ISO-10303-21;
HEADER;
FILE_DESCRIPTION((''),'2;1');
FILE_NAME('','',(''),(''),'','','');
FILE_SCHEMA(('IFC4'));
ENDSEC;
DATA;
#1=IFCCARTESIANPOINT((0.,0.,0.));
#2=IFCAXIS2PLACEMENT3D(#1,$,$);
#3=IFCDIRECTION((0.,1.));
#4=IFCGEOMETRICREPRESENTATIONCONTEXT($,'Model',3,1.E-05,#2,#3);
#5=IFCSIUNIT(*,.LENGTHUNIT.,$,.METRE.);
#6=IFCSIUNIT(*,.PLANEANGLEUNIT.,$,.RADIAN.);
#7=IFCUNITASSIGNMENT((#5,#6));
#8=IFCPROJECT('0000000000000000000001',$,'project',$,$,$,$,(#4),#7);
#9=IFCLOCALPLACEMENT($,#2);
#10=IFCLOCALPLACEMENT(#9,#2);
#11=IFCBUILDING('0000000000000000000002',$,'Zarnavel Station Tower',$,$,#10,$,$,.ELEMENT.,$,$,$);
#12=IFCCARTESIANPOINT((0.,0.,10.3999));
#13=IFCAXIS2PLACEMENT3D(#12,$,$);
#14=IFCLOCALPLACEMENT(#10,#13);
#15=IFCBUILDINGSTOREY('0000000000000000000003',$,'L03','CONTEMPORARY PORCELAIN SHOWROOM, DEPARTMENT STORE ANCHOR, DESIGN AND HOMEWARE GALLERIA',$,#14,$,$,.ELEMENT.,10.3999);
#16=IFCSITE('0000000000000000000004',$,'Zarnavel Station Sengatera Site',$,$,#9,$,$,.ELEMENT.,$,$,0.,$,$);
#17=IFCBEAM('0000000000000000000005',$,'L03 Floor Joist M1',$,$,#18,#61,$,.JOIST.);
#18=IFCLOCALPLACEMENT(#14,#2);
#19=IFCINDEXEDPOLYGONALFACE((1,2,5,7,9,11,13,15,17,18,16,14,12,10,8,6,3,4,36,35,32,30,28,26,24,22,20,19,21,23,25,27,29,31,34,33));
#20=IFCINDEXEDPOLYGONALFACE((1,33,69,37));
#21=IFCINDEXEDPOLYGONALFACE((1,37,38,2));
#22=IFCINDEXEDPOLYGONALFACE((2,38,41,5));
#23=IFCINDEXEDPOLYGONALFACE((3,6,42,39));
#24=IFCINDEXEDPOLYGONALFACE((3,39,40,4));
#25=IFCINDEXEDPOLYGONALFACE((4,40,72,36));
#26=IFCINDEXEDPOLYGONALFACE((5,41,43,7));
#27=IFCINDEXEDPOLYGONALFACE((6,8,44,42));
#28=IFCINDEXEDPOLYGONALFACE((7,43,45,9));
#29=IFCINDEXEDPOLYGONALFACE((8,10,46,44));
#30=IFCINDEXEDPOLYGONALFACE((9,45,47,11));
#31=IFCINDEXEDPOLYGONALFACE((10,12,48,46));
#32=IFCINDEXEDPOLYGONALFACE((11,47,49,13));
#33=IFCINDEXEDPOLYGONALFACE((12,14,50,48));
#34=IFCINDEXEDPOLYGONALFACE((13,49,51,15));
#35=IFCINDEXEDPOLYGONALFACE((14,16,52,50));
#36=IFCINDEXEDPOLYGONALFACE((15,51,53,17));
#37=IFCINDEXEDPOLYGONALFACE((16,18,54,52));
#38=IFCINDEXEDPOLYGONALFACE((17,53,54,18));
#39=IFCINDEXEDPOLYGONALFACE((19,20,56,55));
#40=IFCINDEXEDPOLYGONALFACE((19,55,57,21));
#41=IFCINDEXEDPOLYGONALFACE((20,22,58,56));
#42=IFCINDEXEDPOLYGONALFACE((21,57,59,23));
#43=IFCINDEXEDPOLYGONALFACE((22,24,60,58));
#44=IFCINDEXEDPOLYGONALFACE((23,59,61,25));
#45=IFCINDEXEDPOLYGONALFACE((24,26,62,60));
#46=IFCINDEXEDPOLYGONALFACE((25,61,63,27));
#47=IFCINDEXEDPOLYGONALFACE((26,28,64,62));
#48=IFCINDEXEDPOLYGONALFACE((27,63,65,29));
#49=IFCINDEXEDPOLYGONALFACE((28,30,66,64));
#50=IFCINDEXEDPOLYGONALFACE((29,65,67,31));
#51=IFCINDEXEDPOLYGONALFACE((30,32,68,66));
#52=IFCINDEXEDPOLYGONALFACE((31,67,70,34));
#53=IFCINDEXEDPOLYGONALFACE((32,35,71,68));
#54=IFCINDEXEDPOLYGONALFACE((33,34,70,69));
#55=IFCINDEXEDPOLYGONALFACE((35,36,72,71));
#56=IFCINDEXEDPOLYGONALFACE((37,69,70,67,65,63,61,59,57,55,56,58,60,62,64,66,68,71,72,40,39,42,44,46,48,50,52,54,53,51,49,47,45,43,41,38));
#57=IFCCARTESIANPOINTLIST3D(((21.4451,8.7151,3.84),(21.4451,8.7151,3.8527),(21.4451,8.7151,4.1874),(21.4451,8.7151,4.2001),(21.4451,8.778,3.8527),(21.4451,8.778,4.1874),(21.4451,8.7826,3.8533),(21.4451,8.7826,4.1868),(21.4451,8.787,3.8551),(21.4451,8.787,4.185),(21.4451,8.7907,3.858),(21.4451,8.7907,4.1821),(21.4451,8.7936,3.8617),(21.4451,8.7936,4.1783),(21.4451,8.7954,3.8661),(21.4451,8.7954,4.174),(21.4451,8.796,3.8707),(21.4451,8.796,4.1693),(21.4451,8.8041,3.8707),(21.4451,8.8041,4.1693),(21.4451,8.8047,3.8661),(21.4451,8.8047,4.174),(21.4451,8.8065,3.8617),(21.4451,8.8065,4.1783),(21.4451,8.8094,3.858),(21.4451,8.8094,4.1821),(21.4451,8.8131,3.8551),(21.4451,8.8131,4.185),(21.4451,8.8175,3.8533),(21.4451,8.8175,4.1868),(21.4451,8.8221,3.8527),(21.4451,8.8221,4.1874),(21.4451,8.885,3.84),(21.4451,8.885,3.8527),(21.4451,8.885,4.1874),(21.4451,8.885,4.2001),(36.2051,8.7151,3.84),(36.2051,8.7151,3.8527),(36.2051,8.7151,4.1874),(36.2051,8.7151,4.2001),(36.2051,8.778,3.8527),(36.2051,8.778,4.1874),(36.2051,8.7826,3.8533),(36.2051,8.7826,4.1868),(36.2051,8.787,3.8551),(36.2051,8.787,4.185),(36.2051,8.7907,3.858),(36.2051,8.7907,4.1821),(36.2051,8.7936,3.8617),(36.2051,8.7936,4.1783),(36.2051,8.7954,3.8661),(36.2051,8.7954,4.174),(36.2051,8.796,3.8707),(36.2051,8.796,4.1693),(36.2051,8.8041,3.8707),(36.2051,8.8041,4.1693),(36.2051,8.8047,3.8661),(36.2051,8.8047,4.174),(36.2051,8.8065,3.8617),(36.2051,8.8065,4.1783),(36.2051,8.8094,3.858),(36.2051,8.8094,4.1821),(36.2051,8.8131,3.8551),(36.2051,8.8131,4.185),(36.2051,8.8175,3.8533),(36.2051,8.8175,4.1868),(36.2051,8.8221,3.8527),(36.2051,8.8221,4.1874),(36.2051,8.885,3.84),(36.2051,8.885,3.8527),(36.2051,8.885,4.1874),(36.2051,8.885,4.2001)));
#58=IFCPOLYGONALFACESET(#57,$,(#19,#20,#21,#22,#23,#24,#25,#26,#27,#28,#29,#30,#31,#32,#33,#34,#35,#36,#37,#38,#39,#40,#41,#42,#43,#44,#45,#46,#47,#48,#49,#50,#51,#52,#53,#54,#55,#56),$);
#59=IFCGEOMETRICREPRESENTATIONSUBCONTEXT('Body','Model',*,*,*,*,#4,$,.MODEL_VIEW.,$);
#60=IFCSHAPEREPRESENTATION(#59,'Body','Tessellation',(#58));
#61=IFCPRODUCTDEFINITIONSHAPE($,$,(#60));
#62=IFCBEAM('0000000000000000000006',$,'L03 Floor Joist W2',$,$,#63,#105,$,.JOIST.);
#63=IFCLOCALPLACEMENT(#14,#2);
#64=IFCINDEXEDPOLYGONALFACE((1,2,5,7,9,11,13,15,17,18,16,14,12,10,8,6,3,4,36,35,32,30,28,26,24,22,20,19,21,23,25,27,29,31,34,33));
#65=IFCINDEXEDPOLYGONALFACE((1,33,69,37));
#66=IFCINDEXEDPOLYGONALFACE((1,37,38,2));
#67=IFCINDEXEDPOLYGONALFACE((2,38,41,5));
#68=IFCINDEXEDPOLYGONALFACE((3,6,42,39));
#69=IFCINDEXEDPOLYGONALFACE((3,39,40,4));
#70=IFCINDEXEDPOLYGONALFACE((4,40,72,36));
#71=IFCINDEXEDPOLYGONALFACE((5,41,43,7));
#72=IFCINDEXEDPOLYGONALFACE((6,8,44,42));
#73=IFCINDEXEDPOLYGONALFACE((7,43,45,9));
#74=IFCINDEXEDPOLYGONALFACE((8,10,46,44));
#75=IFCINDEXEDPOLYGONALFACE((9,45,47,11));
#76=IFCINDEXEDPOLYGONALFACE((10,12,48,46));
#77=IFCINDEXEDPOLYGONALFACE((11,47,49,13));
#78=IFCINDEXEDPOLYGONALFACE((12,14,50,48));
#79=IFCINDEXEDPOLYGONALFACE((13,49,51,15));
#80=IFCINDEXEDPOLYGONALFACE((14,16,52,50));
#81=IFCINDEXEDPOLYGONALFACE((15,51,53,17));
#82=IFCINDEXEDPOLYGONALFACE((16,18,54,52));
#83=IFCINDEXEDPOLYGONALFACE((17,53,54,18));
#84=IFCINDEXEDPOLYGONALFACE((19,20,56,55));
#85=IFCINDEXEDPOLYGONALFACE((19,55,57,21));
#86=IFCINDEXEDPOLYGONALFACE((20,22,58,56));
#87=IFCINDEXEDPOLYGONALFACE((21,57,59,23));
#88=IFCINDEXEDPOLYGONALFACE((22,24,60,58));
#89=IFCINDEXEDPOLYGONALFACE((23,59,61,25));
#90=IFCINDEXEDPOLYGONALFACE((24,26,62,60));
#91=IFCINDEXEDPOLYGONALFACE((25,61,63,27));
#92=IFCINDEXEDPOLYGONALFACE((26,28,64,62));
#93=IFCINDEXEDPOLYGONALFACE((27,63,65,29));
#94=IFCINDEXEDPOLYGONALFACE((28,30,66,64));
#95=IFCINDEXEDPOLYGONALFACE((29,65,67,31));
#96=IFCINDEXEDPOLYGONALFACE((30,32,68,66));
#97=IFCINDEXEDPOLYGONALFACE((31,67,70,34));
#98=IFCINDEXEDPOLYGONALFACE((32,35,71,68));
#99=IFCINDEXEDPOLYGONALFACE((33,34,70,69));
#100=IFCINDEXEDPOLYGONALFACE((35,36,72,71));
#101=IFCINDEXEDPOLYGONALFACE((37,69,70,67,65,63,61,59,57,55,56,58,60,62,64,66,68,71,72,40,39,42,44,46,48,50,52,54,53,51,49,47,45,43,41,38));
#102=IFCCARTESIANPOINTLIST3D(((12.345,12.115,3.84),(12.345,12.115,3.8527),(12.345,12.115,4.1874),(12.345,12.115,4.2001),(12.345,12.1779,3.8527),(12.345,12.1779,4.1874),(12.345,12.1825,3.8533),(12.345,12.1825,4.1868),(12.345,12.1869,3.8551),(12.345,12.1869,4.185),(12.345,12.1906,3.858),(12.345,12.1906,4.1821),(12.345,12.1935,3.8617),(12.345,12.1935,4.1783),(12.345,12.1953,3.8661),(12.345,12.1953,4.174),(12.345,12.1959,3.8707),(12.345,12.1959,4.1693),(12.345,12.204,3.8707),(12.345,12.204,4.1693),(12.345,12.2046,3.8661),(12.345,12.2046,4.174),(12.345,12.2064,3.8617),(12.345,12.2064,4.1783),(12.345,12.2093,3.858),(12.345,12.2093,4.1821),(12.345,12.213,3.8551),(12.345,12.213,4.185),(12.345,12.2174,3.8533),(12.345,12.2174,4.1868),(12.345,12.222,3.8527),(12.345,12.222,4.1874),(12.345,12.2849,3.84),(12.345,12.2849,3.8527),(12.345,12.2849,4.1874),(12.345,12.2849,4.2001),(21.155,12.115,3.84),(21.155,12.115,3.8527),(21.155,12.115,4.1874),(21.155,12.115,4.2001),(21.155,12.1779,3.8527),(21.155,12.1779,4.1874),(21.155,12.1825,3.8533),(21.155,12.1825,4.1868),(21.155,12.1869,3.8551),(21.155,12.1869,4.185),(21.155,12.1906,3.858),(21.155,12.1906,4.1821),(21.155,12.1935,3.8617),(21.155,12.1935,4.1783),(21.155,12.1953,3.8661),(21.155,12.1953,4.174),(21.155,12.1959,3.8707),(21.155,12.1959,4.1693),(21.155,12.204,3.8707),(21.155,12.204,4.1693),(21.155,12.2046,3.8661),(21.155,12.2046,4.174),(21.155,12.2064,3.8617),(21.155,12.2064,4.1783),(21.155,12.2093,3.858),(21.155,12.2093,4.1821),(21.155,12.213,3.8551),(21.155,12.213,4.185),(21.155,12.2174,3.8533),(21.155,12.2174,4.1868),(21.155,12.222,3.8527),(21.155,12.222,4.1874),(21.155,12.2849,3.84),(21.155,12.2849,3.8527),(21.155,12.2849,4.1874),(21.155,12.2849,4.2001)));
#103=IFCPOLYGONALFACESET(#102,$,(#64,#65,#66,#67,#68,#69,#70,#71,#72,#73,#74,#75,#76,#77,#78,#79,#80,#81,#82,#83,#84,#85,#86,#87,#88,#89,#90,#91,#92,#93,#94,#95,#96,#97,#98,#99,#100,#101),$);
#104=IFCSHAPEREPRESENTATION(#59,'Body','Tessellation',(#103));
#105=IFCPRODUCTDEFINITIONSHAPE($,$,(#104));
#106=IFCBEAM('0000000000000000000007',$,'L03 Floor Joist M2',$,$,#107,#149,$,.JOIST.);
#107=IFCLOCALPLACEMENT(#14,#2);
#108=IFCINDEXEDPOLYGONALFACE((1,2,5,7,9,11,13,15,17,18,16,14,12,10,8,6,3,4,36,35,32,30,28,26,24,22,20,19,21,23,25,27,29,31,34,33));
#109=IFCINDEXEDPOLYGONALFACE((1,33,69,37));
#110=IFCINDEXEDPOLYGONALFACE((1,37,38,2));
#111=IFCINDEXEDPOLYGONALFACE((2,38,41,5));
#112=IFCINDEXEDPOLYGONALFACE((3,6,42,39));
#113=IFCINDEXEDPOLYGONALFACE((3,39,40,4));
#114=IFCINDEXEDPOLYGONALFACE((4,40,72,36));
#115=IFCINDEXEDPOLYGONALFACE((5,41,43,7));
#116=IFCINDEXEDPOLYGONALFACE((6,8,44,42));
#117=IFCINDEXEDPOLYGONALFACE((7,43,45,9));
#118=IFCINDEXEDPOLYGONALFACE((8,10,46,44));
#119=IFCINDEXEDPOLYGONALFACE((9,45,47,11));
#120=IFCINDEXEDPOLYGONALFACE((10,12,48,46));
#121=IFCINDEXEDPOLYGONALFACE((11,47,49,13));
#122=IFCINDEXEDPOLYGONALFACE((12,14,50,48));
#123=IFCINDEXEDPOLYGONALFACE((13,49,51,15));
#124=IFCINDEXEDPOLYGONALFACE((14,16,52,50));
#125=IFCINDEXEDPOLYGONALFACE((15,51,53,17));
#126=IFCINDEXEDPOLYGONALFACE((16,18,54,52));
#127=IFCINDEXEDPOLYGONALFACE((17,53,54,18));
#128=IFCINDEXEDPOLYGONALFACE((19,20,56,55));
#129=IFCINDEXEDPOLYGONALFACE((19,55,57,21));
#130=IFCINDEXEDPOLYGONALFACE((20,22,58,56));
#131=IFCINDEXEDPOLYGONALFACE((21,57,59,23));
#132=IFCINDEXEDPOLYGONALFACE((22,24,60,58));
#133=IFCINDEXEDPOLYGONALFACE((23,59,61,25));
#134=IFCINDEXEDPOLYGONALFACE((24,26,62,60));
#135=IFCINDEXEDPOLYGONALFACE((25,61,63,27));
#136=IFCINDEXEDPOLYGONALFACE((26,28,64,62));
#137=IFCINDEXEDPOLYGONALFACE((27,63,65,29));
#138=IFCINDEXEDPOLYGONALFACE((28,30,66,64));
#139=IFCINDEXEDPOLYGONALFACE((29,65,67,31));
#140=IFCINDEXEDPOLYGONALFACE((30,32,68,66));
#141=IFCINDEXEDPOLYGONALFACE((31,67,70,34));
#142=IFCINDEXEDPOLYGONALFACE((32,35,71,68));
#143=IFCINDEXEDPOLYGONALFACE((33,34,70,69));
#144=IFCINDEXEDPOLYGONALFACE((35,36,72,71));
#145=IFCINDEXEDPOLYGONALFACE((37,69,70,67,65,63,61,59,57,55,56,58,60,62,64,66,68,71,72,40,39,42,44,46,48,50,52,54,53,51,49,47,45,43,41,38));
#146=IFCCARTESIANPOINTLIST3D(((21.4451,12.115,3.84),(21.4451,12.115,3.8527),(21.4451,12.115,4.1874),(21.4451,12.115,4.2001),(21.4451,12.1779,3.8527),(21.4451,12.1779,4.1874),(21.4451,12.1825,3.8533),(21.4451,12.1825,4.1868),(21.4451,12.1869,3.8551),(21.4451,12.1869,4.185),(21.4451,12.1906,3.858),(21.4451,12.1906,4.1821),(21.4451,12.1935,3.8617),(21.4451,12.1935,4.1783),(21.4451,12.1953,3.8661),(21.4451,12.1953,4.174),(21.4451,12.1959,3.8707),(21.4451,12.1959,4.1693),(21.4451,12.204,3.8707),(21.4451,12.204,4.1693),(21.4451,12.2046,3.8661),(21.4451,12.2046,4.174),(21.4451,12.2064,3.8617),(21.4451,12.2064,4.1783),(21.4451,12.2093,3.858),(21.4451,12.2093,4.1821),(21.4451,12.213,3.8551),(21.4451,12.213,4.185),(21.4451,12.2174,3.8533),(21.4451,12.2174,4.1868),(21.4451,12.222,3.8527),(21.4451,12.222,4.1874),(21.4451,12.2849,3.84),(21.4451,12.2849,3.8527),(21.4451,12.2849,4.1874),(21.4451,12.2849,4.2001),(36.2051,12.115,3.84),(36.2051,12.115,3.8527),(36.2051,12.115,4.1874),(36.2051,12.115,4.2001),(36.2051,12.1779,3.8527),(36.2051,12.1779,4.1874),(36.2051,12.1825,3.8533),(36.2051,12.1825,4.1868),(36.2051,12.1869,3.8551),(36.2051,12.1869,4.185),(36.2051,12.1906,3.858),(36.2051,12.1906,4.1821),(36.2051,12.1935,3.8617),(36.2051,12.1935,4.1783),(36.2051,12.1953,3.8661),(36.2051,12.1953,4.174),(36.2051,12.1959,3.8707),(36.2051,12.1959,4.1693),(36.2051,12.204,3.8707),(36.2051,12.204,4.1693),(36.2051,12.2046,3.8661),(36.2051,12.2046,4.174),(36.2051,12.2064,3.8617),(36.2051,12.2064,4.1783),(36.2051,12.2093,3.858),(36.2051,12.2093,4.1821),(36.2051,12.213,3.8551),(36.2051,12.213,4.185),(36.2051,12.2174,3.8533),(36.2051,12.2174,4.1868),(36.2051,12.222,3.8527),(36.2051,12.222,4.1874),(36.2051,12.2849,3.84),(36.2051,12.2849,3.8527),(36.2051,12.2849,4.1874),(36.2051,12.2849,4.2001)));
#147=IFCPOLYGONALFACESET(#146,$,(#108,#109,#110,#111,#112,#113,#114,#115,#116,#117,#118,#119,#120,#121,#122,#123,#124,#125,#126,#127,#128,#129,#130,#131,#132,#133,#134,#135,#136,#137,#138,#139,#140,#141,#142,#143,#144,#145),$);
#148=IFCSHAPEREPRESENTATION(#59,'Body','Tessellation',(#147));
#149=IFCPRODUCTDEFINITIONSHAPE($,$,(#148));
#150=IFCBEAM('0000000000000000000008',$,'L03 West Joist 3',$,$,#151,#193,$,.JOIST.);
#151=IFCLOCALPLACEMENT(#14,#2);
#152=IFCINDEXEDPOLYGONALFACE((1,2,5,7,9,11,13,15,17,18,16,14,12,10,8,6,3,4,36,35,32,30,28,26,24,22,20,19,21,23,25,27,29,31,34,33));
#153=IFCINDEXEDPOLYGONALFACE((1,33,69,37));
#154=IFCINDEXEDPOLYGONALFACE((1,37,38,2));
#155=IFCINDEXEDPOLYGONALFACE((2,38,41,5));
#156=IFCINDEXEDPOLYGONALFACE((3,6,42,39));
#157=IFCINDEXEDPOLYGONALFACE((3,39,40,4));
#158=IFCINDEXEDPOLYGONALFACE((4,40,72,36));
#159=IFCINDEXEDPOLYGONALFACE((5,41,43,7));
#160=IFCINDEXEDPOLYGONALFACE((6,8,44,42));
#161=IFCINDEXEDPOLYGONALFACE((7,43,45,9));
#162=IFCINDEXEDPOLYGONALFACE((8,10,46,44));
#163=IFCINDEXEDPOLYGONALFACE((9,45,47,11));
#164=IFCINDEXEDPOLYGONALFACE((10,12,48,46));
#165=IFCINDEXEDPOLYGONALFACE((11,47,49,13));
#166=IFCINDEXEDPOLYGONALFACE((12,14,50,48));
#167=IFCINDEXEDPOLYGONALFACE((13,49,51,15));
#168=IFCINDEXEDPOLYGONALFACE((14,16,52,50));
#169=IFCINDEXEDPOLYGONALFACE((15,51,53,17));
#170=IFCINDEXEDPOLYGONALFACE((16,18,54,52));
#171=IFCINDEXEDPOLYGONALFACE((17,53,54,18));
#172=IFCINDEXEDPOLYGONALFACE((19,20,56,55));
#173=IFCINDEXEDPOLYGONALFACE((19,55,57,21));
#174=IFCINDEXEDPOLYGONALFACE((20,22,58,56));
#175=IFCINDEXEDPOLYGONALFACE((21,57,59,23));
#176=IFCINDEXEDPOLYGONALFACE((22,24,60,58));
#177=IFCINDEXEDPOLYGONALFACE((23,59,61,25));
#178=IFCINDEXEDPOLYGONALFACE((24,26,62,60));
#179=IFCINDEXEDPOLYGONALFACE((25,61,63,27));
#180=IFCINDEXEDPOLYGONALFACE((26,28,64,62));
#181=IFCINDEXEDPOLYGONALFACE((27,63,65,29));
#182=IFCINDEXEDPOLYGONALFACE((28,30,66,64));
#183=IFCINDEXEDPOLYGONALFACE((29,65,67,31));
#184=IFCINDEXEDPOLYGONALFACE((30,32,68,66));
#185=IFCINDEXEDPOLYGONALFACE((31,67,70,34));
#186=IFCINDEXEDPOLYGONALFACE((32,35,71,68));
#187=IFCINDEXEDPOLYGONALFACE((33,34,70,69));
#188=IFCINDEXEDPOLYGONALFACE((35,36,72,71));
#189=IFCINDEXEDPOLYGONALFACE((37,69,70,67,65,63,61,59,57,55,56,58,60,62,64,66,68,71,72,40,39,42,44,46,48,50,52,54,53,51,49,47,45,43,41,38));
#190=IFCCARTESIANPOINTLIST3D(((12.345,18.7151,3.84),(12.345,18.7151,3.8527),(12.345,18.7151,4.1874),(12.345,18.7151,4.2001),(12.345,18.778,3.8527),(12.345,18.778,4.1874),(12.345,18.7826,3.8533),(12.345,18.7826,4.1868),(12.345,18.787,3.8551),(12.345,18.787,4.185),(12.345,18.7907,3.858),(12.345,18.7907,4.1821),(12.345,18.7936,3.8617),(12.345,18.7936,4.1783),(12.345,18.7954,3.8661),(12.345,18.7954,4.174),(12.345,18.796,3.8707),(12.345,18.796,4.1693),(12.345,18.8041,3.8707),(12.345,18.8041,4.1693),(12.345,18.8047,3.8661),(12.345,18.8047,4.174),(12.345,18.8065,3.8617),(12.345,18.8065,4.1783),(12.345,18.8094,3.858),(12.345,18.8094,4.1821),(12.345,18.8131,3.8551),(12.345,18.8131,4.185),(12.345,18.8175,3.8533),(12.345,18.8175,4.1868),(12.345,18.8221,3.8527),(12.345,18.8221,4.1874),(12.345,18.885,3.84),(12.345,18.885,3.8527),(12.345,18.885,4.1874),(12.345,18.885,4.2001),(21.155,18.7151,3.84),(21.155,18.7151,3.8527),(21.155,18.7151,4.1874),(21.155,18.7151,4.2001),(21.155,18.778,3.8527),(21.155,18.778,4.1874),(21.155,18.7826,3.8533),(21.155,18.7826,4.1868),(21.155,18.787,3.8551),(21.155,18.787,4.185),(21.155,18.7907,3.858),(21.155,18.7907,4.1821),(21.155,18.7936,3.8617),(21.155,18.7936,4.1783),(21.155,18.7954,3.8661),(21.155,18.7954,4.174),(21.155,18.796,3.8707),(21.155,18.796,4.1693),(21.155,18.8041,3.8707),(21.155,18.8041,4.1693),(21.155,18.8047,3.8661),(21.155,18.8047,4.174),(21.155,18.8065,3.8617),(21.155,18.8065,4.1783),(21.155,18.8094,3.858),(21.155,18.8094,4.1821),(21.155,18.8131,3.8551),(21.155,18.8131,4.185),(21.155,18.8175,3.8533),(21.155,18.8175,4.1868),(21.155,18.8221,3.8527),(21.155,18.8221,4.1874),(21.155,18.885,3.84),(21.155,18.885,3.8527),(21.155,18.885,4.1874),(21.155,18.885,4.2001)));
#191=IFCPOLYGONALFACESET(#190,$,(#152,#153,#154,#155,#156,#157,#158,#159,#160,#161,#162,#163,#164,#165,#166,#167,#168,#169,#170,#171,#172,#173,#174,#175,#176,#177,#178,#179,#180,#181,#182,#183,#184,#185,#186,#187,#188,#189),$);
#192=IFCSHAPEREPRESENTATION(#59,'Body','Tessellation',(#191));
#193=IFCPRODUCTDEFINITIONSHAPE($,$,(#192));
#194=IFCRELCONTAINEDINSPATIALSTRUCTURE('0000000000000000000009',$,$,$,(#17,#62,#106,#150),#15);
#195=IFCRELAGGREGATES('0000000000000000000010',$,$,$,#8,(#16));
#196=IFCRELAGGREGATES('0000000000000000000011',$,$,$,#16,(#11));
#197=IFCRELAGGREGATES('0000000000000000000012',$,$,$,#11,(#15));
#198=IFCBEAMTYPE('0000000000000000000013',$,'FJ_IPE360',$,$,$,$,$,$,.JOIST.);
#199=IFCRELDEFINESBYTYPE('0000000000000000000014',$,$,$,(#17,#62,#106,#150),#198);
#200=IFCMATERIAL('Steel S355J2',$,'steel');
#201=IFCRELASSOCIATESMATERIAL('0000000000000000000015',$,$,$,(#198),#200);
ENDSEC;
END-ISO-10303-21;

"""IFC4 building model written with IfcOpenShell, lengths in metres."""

from ifc_helpers import new_model, si_unit, direction, frame, origin, origin_2d, place, context, subcontext, project, spatial, i_section, extrude, material, material_profile, profile_set, type_object, element, save


model = new_model("IFC4")

# Units and contexts
model_context = context("Model", 3, precision=1e-05, world=origin(), true_north=direction((0.0, 1.0)))
body_context = subcontext(model_context, "Body", "Model", "MODEL_VIEW")
ifc_project = project(units=[si_unit("LENGTHUNIT", "METRE"), si_unit("PLANEANGLEUNIT", "RADIAN")], contexts=[model_context])

# Site, building, storey
site_placement = place(None, origin())
site = spatial("IfcSite", under=ifc_project, at=site_placement, Name="Zarnavel Station Sengatera Site", CompositionType="ELEMENT", RefElevation=0.0)
building_placement = place(site_placement, origin())
building = spatial("IfcBuilding", under=site, at=building_placement, Name="Zarnavel Station Tower", CompositionType="ELEMENT")
storey_placement = place(building_placement, frame((0.0, 0.0, 10.3999)))
storey = spatial("IfcBuildingStorey", under=building, at=storey_placement, Name="L03", Description="CONTEMPORARY PORCELAIN SHOWROOM, DEPARTMENT STORE ANCHOR, DESIGN AND HOMEWARE GALLERIA", CompositionType="ELEMENT", Elevation=10.3999)

# Beams
ifc_material_1 = material(Name="Steel S355J2", Category="steel")
ifc_material_profile_1 = material_profile(ifc_material_1, i_section(OverallWidth=0.1699, OverallDepth=0.3601, WebThickness=0.0081, FlangeThickness=0.0127, FilletRadius=0.0181, at=origin_2d()), Name="IPE360")
ifc_profile_set_1 = profile_set([ifc_material_profile_1], Name="Steel S355J2")
beam_type_1 = type_object("IfcBeamType", Name="FJ_IPE360", PredefinedType="JOIST", material=ifc_profile_set_1)
beam_1_placement = place(storey_placement, frame((21.4451, 8.8, 4.02), z_axis=(1.0, 0.0, 0.0), x_axis=(0.0, 1.0, 0.0)))
element("IfcBeam", 1, at=beam_1_placement, inside=storey, type_object=beam_type_1, Name="L03 Floor Joist M1", PredefinedType="JOIST", context=body_context, shape_type="SweptSolid", body=[
    extrude(i_section(OverallWidth=0.1699, OverallDepth=0.3601, WebThickness=0.0081, FlangeThickness=0.0127, FilletRadius=0.0181, at=origin_2d()), origin(), (0.0, 0.0, 1.0), 14.76),
])
beam_2_placement = place(storey_placement, frame((12.345, 12.2, 4.02), z_axis=(1.0, 0.0, 0.0), x_axis=(0.0, 1.0, 0.0)))
element("IfcBeam", 2, at=beam_2_placement, inside=storey, type_object=beam_type_1, Name="L03 Floor Joist W2", PredefinedType="JOIST", context=body_context, shape_type="SweptSolid", body=[
    extrude(i_section(OverallWidth=0.1699, OverallDepth=0.3601, WebThickness=0.0081, FlangeThickness=0.0127, FilletRadius=0.0181, at=origin_2d()), origin(), (0.0, 0.0, 1.0), 8.8101),
])
beam_3_placement = place(storey_placement, frame((21.4451, 12.2, 4.02), z_axis=(1.0, 0.0, 0.0), x_axis=(0.0, 1.0, 0.0)))
element("IfcBeam", 3, at=beam_3_placement, inside=storey, type_object=beam_type_1, Name="L03 Floor Joist M2", PredefinedType="JOIST", context=body_context, shape_type="SweptSolid", body=[
    extrude(i_section(OverallWidth=0.1699, OverallDepth=0.3601, WebThickness=0.0081, FlangeThickness=0.0127, FilletRadius=0.0181, at=origin_2d()), origin(), (0.0, 0.0, 1.0), 14.76),
])
for number, where, z_axis, x_axis, name in (
    (4, (12.345, 18.8, 4.02), (1.0, 0.0, 0.0), (0.0, 1.0, 0.0), "L03 West Joist 3"),
):
    element("IfcBeam", number, at=place(storey_placement, frame(where, z_axis=z_axis, x_axis=x_axis)), inside=storey, type_object=beam_type_1, Name=name, PredefinedType="JOIST", context=body_context, shape_type="SweptSolid", body=[
        extrude(i_section(OverallWidth=0.1699, OverallDepth=0.3601, WebThickness=0.0081, FlangeThickness=0.0127, FilletRadius=0.0181, at=origin_2d()), origin(), (0.0, 0.0, 1.0), 8.8101),
    ])

save(model, "model.ifc")
